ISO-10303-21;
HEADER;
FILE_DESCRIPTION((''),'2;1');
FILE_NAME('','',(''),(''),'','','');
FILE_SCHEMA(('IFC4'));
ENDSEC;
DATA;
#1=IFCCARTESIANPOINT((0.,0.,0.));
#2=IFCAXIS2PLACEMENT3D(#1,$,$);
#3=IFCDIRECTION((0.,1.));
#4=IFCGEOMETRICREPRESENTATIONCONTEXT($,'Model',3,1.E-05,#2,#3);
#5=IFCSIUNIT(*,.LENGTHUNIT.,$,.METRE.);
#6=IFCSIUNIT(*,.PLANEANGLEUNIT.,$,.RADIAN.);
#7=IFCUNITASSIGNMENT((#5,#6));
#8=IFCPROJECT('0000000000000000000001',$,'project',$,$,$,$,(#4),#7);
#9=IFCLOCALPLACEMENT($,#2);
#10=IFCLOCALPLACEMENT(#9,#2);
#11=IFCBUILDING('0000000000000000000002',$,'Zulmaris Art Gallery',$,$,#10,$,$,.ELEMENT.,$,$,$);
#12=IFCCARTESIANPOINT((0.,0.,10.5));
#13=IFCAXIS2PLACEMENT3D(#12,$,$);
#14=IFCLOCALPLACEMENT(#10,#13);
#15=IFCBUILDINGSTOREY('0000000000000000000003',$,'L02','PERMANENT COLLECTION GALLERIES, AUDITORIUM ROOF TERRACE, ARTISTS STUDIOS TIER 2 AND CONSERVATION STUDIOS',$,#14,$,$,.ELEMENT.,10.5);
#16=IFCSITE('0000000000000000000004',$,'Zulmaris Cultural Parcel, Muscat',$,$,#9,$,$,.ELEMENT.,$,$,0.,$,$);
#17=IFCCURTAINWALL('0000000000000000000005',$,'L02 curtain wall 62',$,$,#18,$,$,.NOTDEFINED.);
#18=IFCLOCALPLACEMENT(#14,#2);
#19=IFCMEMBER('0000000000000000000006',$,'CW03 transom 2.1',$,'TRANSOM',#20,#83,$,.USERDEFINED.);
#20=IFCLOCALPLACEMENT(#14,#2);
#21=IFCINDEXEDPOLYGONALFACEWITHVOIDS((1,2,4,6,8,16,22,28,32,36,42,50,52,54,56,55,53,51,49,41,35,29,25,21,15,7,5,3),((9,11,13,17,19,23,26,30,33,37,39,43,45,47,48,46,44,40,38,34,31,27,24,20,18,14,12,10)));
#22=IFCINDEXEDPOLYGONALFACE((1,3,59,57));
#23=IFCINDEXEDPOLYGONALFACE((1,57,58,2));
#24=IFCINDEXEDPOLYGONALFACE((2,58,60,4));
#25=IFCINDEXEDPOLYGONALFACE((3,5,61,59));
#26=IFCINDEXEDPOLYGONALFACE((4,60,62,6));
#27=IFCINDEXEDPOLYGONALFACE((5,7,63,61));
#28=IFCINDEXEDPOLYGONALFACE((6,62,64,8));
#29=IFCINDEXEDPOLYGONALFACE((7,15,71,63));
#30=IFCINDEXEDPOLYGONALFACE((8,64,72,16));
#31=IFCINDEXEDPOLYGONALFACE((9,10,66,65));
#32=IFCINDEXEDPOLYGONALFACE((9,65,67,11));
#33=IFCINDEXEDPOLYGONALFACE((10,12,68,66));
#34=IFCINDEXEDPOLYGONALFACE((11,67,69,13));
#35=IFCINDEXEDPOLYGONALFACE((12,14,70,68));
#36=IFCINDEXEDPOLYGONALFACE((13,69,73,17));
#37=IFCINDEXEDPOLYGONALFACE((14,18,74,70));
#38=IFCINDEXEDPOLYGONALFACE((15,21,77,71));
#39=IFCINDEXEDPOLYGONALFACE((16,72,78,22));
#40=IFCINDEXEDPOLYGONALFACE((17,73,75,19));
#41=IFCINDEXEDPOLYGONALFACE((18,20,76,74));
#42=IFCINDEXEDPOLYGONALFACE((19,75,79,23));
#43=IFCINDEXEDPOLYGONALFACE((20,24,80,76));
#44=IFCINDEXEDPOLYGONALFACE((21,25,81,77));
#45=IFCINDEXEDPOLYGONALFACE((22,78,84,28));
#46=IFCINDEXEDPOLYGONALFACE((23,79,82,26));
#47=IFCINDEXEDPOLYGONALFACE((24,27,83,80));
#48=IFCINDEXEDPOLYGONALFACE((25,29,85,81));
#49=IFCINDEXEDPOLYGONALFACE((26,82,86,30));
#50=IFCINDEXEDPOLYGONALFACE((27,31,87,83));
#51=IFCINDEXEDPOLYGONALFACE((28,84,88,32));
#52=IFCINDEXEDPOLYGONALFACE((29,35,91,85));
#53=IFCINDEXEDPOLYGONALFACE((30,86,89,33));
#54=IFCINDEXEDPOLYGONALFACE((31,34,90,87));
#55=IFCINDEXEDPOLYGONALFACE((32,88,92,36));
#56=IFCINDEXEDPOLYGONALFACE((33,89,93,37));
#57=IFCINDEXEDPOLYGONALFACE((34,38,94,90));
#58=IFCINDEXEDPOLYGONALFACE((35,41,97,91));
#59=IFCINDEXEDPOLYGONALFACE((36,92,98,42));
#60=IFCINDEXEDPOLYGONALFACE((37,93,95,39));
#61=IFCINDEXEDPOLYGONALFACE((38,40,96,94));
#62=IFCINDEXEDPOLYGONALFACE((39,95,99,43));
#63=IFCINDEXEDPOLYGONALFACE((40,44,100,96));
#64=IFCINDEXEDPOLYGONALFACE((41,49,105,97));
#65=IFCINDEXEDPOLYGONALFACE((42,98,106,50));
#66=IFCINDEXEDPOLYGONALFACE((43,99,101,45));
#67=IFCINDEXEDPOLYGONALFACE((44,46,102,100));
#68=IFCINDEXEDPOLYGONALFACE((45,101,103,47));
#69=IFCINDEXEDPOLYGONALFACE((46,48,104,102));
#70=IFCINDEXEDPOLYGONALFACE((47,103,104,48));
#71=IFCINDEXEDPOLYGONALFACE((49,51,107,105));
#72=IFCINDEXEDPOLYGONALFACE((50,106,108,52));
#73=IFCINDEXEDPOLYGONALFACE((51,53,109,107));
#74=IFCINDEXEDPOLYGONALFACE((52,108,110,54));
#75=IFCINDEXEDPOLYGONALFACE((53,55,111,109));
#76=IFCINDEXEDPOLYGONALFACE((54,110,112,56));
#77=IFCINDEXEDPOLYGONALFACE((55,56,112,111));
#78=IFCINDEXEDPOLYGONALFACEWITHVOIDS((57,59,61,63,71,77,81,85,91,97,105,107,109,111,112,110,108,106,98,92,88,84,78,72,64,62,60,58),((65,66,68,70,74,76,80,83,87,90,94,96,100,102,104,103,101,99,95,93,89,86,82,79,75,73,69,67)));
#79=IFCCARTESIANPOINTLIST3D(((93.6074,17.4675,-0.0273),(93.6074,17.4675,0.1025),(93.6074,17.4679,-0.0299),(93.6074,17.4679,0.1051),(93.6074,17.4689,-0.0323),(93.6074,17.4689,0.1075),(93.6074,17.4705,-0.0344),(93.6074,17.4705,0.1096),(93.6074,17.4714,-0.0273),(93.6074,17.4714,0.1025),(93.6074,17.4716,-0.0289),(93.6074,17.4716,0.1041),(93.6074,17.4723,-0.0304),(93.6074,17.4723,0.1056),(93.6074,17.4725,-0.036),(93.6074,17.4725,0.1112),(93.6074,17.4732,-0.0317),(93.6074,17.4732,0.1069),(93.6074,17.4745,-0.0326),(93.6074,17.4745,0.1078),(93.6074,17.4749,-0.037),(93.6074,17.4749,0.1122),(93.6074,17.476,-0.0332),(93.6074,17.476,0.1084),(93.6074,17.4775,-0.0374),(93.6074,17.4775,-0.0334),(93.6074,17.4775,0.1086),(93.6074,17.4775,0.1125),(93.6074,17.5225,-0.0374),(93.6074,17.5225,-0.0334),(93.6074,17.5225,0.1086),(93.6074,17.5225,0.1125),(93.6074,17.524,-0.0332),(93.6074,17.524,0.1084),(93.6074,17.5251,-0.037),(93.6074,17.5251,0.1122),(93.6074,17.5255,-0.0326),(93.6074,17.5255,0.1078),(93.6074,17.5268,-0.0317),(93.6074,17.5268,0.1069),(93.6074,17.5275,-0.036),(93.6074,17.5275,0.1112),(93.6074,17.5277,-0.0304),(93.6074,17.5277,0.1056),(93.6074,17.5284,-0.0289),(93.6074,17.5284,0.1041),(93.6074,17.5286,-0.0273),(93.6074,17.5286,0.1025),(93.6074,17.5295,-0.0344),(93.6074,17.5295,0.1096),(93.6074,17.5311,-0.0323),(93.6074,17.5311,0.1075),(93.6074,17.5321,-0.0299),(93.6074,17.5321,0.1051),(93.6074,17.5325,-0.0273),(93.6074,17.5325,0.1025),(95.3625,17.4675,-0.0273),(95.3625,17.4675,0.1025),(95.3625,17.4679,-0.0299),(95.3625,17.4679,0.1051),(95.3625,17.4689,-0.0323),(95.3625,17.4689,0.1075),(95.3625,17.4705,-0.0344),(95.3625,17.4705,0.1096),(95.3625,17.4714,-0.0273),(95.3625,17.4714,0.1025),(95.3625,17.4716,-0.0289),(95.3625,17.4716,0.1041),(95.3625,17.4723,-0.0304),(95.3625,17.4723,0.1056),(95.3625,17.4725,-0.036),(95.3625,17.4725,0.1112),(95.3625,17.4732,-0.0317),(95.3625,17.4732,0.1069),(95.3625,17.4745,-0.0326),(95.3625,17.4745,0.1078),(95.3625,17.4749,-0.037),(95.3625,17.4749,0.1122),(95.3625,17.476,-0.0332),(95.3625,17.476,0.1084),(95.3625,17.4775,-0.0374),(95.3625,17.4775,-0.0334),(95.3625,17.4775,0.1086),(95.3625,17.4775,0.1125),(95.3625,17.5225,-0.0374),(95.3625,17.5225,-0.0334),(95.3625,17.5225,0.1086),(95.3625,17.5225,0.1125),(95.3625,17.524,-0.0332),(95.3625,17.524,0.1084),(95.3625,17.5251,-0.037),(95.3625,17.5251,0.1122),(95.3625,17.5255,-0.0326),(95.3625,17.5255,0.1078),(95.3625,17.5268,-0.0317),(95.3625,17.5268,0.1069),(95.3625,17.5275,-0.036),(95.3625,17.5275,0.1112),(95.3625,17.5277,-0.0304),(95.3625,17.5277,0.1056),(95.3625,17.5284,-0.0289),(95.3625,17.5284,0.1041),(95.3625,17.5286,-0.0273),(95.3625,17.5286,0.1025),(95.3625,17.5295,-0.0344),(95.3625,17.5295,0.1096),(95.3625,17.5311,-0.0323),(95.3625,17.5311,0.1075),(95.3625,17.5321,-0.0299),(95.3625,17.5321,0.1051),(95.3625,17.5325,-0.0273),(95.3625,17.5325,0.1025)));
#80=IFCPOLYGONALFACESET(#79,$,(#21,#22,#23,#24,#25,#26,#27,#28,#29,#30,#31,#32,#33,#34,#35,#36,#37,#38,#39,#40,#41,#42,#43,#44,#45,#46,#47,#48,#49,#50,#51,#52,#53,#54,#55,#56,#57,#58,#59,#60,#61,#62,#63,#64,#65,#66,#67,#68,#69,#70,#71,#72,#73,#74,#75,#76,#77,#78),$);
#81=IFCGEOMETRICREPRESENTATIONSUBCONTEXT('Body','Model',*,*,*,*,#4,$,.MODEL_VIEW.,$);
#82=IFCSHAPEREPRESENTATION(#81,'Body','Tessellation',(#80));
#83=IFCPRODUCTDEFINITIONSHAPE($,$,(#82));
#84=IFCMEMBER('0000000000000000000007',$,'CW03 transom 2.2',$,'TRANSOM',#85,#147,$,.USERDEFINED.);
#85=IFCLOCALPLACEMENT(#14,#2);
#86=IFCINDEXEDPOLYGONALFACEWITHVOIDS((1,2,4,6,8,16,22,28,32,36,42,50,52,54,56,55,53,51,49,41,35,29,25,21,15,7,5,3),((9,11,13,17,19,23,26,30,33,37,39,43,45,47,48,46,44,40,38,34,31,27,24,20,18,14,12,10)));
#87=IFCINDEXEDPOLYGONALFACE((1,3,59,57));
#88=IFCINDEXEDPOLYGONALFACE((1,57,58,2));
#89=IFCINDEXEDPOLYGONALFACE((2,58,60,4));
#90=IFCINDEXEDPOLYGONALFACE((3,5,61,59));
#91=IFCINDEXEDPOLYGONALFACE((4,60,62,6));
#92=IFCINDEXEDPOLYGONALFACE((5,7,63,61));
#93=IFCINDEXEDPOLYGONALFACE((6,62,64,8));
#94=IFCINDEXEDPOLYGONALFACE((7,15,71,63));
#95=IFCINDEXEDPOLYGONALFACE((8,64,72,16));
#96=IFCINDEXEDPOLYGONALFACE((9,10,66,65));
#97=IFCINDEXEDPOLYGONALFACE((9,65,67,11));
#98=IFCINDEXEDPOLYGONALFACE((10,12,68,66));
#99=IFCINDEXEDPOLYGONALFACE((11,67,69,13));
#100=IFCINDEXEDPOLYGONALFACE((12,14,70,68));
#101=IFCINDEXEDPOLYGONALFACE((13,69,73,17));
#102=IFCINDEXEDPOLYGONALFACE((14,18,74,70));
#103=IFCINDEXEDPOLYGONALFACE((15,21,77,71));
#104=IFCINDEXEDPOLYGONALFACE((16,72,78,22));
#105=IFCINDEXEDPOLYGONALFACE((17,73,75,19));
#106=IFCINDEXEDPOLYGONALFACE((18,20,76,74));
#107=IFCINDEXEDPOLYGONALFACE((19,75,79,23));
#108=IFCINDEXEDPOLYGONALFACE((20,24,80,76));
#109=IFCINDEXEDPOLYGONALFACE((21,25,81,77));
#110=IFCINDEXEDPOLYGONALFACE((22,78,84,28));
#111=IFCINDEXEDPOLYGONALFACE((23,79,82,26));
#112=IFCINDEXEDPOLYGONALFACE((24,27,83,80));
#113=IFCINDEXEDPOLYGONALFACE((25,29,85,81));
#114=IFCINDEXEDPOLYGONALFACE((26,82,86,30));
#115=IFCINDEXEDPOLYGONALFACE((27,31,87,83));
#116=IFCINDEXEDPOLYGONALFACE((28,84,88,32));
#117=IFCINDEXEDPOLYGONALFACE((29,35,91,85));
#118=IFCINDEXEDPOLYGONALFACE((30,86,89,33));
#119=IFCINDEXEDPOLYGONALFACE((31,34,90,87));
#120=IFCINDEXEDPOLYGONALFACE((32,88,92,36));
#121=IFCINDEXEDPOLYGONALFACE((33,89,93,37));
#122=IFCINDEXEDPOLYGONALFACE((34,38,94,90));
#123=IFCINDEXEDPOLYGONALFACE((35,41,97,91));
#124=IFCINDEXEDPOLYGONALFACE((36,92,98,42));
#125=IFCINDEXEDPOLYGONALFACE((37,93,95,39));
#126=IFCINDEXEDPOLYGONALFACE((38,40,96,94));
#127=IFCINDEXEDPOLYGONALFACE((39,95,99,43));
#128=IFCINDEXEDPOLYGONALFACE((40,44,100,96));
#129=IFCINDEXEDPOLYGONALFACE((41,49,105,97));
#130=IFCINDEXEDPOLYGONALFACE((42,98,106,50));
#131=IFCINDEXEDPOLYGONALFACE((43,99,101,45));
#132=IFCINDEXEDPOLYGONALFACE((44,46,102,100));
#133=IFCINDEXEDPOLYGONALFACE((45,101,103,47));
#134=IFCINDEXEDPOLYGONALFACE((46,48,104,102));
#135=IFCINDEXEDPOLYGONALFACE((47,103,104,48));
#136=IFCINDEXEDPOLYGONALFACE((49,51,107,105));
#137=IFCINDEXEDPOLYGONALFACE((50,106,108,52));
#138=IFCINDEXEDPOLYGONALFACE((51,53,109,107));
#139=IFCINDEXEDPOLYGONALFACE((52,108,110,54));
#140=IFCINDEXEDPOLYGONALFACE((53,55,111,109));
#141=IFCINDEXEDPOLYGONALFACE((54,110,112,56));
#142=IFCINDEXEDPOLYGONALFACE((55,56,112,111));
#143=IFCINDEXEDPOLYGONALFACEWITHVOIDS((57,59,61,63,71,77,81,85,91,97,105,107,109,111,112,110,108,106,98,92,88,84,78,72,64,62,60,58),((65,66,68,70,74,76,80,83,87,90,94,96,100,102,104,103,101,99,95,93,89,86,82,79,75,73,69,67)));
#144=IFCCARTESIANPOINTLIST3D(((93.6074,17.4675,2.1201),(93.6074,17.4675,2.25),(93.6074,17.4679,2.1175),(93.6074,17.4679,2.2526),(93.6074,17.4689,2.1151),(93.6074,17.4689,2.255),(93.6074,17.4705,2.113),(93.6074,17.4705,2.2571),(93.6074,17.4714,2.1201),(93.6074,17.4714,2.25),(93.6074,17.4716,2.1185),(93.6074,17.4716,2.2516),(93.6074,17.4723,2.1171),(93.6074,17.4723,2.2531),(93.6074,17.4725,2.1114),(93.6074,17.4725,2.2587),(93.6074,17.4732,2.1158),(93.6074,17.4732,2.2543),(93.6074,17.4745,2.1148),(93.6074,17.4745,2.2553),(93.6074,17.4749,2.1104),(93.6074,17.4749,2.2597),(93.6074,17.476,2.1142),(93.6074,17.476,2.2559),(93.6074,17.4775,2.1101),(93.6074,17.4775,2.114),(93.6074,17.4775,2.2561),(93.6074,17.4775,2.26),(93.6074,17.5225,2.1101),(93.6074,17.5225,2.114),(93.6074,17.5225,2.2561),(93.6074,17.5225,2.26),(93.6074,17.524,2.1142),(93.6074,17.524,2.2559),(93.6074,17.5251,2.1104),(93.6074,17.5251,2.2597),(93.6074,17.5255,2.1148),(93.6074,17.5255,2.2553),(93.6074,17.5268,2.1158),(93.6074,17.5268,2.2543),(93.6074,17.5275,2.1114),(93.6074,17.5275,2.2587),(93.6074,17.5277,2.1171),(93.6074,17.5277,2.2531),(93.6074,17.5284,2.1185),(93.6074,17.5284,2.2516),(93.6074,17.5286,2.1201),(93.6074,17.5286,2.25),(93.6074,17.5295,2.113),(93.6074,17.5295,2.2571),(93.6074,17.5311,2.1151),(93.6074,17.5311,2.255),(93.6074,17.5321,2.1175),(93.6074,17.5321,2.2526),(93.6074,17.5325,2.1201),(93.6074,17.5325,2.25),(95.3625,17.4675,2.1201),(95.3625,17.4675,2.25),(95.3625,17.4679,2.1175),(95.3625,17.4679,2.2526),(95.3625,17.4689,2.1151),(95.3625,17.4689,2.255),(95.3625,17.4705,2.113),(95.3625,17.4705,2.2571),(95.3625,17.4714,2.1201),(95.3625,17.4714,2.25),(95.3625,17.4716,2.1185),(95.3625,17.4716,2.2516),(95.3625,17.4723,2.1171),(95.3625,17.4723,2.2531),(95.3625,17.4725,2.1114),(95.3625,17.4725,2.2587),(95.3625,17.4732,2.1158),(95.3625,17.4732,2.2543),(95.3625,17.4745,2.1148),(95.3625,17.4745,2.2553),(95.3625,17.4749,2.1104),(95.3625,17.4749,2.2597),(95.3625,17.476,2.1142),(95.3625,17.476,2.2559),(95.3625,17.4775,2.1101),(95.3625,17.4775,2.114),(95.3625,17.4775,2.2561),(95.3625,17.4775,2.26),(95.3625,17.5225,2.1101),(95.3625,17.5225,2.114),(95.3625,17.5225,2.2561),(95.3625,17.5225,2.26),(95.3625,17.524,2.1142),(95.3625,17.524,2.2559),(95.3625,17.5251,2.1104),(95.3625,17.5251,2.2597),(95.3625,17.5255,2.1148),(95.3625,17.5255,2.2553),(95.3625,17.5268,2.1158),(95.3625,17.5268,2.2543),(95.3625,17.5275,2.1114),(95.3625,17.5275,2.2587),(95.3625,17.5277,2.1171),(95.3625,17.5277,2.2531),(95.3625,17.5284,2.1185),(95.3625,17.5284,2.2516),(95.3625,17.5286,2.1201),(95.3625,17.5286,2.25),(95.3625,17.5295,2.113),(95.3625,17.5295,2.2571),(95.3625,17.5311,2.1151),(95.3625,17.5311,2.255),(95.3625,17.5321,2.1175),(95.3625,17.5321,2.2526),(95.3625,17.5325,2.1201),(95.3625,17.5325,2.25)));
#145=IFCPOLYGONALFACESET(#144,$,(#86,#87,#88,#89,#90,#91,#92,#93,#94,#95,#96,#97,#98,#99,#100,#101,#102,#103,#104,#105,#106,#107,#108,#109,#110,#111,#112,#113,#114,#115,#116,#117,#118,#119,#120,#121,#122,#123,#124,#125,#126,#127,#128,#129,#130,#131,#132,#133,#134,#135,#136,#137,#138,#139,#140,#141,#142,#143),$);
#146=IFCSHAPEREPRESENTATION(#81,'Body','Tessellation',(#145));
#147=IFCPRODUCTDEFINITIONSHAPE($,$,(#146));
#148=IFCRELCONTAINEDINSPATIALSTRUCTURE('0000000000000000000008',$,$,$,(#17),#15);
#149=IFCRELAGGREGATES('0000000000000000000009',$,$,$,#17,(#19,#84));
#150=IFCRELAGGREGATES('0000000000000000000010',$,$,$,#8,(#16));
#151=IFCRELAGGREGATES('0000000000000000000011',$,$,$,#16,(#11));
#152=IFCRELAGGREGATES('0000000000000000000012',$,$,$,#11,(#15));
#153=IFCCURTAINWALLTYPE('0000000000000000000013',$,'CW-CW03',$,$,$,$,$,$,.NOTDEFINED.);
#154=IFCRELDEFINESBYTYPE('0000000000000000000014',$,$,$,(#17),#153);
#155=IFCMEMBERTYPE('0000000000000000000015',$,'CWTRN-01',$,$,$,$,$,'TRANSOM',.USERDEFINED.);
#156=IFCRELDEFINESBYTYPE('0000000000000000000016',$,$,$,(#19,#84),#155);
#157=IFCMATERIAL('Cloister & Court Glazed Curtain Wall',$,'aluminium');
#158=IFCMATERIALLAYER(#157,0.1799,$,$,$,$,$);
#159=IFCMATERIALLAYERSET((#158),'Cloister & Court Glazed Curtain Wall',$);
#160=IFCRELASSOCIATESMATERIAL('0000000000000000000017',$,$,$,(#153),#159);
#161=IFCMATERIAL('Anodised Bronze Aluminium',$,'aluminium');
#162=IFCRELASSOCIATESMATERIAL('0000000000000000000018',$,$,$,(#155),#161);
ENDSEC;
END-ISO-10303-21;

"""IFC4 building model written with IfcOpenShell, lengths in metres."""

from ifc_helpers import new_model, si_unit, direction, frame, origin, origin_2d, place, context, subcontext, project, spatial, hollow_rectangle, extrude, material, layer, layer_set, material_profile, profile_set, type_object, element, aggregate, save


model = new_model("IFC4")

# Units and contexts
model_context = context("Model", 3, precision=1e-05, world=origin(), true_north=direction((0.0, 1.0)))
body_context = subcontext(model_context, "Body", "Model", "MODEL_VIEW")
ifc_project = project(units=[si_unit("LENGTHUNIT", "METRE"), si_unit("PLANEANGLEUNIT", "RADIAN")], contexts=[model_context])

# Site, building, storey
site_placement = place(None, origin())
site = spatial("IfcSite", under=ifc_project, at=site_placement, Name="Zulmaris Cultural Parcel, Muscat", CompositionType="ELEMENT", RefElevation=0.0)
building_placement = place(site_placement, origin())
building = spatial("IfcBuilding", under=site, at=building_placement, Name="Zulmaris Art Gallery", CompositionType="ELEMENT")
storey_placement = place(building_placement, frame((0.0, 0.0, 10.5)))
storey = spatial("IfcBuildingStorey", under=building, at=storey_placement, Name="L02", Description="PERMANENT COLLECTION GALLERIES, AUDITORIUM ROOF TERRACE, ARTISTS STUDIOS TIER 2 AND CONSERVATION STUDIOS", CompositionType="ELEMENT", Elevation=10.5)

# Curtain wall
ifc_material_1 = material(Name="Cloister & Court Glazed Curtain Wall", Category="aluminium")
ifc_layer_1 = layer(ifc_material_1, 0.1799)
ifc_layer_set_1 = layer_set([ifc_layer_1], Name="Cloister & Court Glazed Curtain Wall")
curtain_wall_type = type_object("IfcCurtainWallType", Name="CW-CW03", PredefinedType="NOTDEFINED", material=ifc_layer_set_1)
curtain_wall_1_placement = place(storey_placement, origin())
curtain_wall_1 = element("IfcCurtainWall", 1, at=curtain_wall_1_placement, inside=storey, type_object=curtain_wall_type, Name="L02 curtain wall 62", PredefinedType="NOTDEFINED")
ifc_material_2 = material(Name="Anodised Bronze Aluminium", Category="aluminium")

# Members
ifc_material_profile_1 = material_profile(ifc_material_2, hollow_rectangle(XDim=0.0649, YDim=0.1499, WallThickness=0.0039, InnerFilletRadius=0.0061, OuterFilletRadius=0.01, at=origin_2d()), Name="ALU 65x150x4")
ifc_profile_set_1 = profile_set([ifc_material_profile_1], Name="Anodised Bronze Aluminium")
member_type_1 = type_object("IfcMemberType", Name="CWTRN-01", ElementType="TRANSOM", PredefinedType="USERDEFINED", material=ifc_profile_set_1)
member_1_placement = place(storey_placement, frame((93.6074, 17.5, 0.0376), z_axis=(1.0, 0.0, 0.0), x_axis=(0.0, 1.0, 0.0)))
member_1 = element("IfcMember", 2, at=member_1_placement, type_object=member_type_1, Name="CW03 transom 2.1", ObjectType="TRANSOM", PredefinedType="USERDEFINED", context=body_context, shape_type="SweptSolid", body=[
    extrude(hollow_rectangle(XDim=0.0649, YDim=0.1499, WallThickness=0.0039, InnerFilletRadius=0.0061, OuterFilletRadius=0.01, at=origin_2d()), origin(), (0.0, 0.0, 1.0), 1.7551),
])
member_2_placement = place(storey_placement, frame((93.6074, 17.5, 2.1851), z_axis=(1.0, 0.0, 0.0), x_axis=(0.0, 1.0, 0.0)))
member_2 = element("IfcMember", 3, at=member_2_placement, type_object=member_type_1, Name="CW03 transom 2.2", ObjectType="TRANSOM", PredefinedType="USERDEFINED", context=body_context, shape_type="SweptSolid", body=[
    extrude(hollow_rectangle(XDim=0.0649, YDim=0.1499, WallThickness=0.0039, InnerFilletRadius=0.0061, OuterFilletRadius=0.01, at=origin_2d()), origin(), (0.0, 0.0, 1.0), 1.7551),
])

aggregate(curtain_wall_1, [member_1, member_2])

save(model, "model.ifc")
